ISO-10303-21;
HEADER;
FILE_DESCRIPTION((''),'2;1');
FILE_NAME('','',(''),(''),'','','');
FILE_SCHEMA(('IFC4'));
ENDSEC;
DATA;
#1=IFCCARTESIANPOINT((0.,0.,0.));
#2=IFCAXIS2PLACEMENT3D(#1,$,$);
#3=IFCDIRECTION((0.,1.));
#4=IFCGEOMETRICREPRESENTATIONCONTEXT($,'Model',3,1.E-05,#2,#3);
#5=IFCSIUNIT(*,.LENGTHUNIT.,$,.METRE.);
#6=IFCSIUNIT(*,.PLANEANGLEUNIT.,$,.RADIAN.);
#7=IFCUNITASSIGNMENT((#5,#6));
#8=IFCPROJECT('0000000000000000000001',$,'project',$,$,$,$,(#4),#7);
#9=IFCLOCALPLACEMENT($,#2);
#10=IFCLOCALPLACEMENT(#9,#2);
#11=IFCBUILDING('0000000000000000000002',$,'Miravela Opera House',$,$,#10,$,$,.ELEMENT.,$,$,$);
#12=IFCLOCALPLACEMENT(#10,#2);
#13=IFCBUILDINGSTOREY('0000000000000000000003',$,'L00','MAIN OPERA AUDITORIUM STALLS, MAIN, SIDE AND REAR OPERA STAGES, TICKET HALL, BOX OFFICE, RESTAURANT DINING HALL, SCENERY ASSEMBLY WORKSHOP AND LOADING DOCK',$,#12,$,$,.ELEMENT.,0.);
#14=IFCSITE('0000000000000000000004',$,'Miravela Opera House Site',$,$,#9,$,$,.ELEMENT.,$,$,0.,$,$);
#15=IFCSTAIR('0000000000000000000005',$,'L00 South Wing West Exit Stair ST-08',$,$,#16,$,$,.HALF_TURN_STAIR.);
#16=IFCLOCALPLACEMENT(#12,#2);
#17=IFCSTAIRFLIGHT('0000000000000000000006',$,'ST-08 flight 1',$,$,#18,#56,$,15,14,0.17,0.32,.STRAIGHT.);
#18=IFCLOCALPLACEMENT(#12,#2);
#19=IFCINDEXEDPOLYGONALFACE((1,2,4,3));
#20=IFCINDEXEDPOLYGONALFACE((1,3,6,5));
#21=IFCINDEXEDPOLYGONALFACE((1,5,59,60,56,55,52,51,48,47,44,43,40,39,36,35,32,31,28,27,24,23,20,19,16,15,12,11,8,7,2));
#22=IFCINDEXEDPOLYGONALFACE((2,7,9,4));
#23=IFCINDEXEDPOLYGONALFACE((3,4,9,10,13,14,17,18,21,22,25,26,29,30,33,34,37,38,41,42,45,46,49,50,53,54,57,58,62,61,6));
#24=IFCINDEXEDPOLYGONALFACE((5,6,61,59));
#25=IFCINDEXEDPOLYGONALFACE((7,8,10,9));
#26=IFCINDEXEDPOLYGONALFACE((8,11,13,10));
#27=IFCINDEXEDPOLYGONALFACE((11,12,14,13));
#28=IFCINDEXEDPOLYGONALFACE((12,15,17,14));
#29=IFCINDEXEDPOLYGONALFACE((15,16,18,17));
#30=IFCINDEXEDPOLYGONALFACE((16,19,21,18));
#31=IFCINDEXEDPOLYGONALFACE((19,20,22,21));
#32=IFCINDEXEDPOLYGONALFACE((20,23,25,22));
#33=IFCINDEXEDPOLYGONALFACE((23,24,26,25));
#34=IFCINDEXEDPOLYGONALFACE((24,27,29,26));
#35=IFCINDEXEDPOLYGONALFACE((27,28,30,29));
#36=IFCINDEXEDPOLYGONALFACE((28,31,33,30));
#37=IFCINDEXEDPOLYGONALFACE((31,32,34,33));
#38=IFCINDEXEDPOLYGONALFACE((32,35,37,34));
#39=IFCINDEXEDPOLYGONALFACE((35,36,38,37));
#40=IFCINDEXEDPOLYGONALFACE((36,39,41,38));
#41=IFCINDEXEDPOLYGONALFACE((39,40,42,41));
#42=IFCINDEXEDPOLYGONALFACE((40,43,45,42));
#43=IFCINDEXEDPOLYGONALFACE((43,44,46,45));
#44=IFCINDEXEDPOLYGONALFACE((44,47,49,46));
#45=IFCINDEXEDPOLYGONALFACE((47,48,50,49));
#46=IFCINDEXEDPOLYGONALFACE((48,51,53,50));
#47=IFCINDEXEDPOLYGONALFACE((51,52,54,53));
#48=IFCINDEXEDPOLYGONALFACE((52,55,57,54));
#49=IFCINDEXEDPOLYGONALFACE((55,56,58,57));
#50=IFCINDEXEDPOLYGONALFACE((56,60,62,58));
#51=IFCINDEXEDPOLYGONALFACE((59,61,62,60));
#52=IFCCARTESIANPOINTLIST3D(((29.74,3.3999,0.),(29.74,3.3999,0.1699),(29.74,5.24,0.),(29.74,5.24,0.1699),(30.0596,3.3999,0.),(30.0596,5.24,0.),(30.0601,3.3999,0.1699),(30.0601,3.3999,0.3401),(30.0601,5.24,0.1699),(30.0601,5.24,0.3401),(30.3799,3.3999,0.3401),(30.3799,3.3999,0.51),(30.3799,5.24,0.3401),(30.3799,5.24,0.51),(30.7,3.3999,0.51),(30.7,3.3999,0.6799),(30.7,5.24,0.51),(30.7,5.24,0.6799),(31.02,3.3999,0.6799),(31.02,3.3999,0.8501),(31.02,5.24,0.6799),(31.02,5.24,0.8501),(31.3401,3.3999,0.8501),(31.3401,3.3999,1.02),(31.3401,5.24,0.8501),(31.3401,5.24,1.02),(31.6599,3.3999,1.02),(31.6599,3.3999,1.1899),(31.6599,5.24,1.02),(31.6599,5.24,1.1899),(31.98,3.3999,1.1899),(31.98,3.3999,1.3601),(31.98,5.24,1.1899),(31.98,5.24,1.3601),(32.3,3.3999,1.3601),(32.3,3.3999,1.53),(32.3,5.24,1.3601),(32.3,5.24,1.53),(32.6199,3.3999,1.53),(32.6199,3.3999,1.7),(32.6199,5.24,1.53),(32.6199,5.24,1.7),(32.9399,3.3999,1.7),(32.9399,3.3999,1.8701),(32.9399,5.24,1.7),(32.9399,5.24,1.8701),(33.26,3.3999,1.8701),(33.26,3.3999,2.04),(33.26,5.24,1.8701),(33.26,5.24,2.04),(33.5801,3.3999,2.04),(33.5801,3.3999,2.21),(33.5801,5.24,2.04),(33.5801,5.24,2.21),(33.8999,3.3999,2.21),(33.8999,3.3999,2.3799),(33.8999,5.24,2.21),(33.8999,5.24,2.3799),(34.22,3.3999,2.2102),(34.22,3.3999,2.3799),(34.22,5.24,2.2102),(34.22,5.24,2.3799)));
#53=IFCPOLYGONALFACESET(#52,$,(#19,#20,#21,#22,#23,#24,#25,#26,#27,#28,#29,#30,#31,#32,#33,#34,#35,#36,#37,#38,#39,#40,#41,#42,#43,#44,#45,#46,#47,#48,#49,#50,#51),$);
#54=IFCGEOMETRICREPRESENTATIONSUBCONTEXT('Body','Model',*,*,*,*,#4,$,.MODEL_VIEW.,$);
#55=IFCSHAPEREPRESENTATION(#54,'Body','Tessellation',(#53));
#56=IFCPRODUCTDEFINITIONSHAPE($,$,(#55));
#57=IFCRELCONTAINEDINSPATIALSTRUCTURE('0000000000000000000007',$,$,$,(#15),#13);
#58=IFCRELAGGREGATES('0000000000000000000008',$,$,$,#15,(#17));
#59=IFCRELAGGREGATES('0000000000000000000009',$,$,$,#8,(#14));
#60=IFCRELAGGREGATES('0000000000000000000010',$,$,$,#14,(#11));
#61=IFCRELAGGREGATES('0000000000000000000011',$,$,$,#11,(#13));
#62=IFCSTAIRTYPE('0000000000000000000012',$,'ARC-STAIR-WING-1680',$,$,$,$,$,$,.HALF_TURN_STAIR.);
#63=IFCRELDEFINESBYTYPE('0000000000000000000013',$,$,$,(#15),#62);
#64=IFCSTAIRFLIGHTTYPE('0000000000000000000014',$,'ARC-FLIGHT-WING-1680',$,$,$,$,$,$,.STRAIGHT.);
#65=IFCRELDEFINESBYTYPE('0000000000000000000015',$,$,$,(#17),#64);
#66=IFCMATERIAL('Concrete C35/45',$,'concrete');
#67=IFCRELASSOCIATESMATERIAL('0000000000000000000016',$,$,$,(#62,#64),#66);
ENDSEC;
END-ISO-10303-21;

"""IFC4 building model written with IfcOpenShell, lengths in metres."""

from ifc_helpers import new_model, si_unit, direction, frame, origin, place, context, subcontext, project, spatial, polyline, outline, extrude, material, type_object, element, aggregate, save


model = new_model("IFC4")

# Units and contexts
model_context = context("Model", 3, precision=1e-05, world=origin(), true_north=direction((0.0, 1.0)))
body_context = subcontext(model_context, "Body", "Model", "MODEL_VIEW")
ifc_project = project(units=[si_unit("LENGTHUNIT", "METRE"), si_unit("PLANEANGLEUNIT", "RADIAN")], contexts=[model_context])

# Site, building, storey
site_placement = place(None, origin())
site = spatial("IfcSite", under=ifc_project, at=site_placement, Name="Miravela Opera House Site", CompositionType="ELEMENT", RefElevation=0.0)
building_placement = place(site_placement, origin())
building = spatial("IfcBuilding", under=site, at=building_placement, Name="Miravela Opera House", CompositionType="ELEMENT")
storey_placement = place(building_placement, origin())
storey = spatial("IfcBuildingStorey", under=building, at=storey_placement, Name="L00", Description="MAIN OPERA AUDITORIUM STALLS, MAIN, SIDE AND REAR OPERA STAGES, TICKET HALL, BOX OFFICE, RESTAURANT DINING HALL, SCENERY ASSEMBLY WORKSHOP AND LOADING DOCK", CompositionType="ELEMENT", Elevation=0.0)

# Shared definitions
ifc_material_1 = material(Name="Concrete C35/45", Category="concrete")

# Stair, stair flight
stair_type = type_object("IfcStairType", Name="ARC-STAIR-WING-1680", PredefinedType="HALF_TURN_STAIR", material=ifc_material_1)
stair_placement = place(storey_placement, origin())
stair = element("IfcStair", 1, at=stair_placement, inside=storey, type_object=stair_type, Name="L00 South Wing West Exit Stair ST-08", PredefinedType="HALF_TURN_STAIR")
stair_flight_type = type_object("IfcStairFlightType", Name="ARC-FLIGHT-WING-1680", PredefinedType="STRAIGHT", material=ifc_material_1)
stair_flight_placement = place(storey_placement, frame((29.74, 4.3201, 0.0), z_axis=(0.0, 0.0, 1.0), x_axis=(1.0, 0.0, 0.0)))
stair_flight = element("IfcStairFlight", 2, at=stair_flight_placement, type_object=stair_flight_type, Name="ST-08 flight 1", NumberOfRisers=15, NumberOfTreads=14, PredefinedType="STRAIGHT", RiserHeight=0.17, TreadLength=0.32, context=body_context, shape_type="SweptSolid", body=[
    extrude(outline(polyline([(0.0, 0.0), (0.0, 0.1699), (0.3201, 0.1699), (0.3201, 0.3401), (0.6399, 0.3401), (0.6399, 0.51), (0.96, 0.51), (0.96, 0.6799), (1.28, 0.6799), (1.28, 0.8501), (1.6001, 0.8501), (1.6001, 1.02), (1.9199, 1.02), (1.9199, 1.1899), (2.24, 1.1899), (2.24, 1.3601), (2.5601, 1.3601), (2.5601, 1.53), (2.8799, 1.53), (2.8799, 1.7), (3.2, 1.7), (3.2, 1.8701), (3.52, 1.8701), (3.52, 2.04), (3.8401, 2.04), (3.8401, 2.21), (4.1599, 2.21), (4.1599, 2.3799), (4.48, 2.3799), (4.48, 2.55), (4.48, 2.2102), (0.3196, 0.0), (0.0, 0.0)])), frame((0.0, 0.9199, 0.0), z_axis=(0.0, -1.0, 0.0), x_axis=(1.0, 0.0, 0.0)), (0.0, 0.0, 1.0), 1.8401),
])
aggregate(stair, [stair_flight])

save(model, "model.ifc")
